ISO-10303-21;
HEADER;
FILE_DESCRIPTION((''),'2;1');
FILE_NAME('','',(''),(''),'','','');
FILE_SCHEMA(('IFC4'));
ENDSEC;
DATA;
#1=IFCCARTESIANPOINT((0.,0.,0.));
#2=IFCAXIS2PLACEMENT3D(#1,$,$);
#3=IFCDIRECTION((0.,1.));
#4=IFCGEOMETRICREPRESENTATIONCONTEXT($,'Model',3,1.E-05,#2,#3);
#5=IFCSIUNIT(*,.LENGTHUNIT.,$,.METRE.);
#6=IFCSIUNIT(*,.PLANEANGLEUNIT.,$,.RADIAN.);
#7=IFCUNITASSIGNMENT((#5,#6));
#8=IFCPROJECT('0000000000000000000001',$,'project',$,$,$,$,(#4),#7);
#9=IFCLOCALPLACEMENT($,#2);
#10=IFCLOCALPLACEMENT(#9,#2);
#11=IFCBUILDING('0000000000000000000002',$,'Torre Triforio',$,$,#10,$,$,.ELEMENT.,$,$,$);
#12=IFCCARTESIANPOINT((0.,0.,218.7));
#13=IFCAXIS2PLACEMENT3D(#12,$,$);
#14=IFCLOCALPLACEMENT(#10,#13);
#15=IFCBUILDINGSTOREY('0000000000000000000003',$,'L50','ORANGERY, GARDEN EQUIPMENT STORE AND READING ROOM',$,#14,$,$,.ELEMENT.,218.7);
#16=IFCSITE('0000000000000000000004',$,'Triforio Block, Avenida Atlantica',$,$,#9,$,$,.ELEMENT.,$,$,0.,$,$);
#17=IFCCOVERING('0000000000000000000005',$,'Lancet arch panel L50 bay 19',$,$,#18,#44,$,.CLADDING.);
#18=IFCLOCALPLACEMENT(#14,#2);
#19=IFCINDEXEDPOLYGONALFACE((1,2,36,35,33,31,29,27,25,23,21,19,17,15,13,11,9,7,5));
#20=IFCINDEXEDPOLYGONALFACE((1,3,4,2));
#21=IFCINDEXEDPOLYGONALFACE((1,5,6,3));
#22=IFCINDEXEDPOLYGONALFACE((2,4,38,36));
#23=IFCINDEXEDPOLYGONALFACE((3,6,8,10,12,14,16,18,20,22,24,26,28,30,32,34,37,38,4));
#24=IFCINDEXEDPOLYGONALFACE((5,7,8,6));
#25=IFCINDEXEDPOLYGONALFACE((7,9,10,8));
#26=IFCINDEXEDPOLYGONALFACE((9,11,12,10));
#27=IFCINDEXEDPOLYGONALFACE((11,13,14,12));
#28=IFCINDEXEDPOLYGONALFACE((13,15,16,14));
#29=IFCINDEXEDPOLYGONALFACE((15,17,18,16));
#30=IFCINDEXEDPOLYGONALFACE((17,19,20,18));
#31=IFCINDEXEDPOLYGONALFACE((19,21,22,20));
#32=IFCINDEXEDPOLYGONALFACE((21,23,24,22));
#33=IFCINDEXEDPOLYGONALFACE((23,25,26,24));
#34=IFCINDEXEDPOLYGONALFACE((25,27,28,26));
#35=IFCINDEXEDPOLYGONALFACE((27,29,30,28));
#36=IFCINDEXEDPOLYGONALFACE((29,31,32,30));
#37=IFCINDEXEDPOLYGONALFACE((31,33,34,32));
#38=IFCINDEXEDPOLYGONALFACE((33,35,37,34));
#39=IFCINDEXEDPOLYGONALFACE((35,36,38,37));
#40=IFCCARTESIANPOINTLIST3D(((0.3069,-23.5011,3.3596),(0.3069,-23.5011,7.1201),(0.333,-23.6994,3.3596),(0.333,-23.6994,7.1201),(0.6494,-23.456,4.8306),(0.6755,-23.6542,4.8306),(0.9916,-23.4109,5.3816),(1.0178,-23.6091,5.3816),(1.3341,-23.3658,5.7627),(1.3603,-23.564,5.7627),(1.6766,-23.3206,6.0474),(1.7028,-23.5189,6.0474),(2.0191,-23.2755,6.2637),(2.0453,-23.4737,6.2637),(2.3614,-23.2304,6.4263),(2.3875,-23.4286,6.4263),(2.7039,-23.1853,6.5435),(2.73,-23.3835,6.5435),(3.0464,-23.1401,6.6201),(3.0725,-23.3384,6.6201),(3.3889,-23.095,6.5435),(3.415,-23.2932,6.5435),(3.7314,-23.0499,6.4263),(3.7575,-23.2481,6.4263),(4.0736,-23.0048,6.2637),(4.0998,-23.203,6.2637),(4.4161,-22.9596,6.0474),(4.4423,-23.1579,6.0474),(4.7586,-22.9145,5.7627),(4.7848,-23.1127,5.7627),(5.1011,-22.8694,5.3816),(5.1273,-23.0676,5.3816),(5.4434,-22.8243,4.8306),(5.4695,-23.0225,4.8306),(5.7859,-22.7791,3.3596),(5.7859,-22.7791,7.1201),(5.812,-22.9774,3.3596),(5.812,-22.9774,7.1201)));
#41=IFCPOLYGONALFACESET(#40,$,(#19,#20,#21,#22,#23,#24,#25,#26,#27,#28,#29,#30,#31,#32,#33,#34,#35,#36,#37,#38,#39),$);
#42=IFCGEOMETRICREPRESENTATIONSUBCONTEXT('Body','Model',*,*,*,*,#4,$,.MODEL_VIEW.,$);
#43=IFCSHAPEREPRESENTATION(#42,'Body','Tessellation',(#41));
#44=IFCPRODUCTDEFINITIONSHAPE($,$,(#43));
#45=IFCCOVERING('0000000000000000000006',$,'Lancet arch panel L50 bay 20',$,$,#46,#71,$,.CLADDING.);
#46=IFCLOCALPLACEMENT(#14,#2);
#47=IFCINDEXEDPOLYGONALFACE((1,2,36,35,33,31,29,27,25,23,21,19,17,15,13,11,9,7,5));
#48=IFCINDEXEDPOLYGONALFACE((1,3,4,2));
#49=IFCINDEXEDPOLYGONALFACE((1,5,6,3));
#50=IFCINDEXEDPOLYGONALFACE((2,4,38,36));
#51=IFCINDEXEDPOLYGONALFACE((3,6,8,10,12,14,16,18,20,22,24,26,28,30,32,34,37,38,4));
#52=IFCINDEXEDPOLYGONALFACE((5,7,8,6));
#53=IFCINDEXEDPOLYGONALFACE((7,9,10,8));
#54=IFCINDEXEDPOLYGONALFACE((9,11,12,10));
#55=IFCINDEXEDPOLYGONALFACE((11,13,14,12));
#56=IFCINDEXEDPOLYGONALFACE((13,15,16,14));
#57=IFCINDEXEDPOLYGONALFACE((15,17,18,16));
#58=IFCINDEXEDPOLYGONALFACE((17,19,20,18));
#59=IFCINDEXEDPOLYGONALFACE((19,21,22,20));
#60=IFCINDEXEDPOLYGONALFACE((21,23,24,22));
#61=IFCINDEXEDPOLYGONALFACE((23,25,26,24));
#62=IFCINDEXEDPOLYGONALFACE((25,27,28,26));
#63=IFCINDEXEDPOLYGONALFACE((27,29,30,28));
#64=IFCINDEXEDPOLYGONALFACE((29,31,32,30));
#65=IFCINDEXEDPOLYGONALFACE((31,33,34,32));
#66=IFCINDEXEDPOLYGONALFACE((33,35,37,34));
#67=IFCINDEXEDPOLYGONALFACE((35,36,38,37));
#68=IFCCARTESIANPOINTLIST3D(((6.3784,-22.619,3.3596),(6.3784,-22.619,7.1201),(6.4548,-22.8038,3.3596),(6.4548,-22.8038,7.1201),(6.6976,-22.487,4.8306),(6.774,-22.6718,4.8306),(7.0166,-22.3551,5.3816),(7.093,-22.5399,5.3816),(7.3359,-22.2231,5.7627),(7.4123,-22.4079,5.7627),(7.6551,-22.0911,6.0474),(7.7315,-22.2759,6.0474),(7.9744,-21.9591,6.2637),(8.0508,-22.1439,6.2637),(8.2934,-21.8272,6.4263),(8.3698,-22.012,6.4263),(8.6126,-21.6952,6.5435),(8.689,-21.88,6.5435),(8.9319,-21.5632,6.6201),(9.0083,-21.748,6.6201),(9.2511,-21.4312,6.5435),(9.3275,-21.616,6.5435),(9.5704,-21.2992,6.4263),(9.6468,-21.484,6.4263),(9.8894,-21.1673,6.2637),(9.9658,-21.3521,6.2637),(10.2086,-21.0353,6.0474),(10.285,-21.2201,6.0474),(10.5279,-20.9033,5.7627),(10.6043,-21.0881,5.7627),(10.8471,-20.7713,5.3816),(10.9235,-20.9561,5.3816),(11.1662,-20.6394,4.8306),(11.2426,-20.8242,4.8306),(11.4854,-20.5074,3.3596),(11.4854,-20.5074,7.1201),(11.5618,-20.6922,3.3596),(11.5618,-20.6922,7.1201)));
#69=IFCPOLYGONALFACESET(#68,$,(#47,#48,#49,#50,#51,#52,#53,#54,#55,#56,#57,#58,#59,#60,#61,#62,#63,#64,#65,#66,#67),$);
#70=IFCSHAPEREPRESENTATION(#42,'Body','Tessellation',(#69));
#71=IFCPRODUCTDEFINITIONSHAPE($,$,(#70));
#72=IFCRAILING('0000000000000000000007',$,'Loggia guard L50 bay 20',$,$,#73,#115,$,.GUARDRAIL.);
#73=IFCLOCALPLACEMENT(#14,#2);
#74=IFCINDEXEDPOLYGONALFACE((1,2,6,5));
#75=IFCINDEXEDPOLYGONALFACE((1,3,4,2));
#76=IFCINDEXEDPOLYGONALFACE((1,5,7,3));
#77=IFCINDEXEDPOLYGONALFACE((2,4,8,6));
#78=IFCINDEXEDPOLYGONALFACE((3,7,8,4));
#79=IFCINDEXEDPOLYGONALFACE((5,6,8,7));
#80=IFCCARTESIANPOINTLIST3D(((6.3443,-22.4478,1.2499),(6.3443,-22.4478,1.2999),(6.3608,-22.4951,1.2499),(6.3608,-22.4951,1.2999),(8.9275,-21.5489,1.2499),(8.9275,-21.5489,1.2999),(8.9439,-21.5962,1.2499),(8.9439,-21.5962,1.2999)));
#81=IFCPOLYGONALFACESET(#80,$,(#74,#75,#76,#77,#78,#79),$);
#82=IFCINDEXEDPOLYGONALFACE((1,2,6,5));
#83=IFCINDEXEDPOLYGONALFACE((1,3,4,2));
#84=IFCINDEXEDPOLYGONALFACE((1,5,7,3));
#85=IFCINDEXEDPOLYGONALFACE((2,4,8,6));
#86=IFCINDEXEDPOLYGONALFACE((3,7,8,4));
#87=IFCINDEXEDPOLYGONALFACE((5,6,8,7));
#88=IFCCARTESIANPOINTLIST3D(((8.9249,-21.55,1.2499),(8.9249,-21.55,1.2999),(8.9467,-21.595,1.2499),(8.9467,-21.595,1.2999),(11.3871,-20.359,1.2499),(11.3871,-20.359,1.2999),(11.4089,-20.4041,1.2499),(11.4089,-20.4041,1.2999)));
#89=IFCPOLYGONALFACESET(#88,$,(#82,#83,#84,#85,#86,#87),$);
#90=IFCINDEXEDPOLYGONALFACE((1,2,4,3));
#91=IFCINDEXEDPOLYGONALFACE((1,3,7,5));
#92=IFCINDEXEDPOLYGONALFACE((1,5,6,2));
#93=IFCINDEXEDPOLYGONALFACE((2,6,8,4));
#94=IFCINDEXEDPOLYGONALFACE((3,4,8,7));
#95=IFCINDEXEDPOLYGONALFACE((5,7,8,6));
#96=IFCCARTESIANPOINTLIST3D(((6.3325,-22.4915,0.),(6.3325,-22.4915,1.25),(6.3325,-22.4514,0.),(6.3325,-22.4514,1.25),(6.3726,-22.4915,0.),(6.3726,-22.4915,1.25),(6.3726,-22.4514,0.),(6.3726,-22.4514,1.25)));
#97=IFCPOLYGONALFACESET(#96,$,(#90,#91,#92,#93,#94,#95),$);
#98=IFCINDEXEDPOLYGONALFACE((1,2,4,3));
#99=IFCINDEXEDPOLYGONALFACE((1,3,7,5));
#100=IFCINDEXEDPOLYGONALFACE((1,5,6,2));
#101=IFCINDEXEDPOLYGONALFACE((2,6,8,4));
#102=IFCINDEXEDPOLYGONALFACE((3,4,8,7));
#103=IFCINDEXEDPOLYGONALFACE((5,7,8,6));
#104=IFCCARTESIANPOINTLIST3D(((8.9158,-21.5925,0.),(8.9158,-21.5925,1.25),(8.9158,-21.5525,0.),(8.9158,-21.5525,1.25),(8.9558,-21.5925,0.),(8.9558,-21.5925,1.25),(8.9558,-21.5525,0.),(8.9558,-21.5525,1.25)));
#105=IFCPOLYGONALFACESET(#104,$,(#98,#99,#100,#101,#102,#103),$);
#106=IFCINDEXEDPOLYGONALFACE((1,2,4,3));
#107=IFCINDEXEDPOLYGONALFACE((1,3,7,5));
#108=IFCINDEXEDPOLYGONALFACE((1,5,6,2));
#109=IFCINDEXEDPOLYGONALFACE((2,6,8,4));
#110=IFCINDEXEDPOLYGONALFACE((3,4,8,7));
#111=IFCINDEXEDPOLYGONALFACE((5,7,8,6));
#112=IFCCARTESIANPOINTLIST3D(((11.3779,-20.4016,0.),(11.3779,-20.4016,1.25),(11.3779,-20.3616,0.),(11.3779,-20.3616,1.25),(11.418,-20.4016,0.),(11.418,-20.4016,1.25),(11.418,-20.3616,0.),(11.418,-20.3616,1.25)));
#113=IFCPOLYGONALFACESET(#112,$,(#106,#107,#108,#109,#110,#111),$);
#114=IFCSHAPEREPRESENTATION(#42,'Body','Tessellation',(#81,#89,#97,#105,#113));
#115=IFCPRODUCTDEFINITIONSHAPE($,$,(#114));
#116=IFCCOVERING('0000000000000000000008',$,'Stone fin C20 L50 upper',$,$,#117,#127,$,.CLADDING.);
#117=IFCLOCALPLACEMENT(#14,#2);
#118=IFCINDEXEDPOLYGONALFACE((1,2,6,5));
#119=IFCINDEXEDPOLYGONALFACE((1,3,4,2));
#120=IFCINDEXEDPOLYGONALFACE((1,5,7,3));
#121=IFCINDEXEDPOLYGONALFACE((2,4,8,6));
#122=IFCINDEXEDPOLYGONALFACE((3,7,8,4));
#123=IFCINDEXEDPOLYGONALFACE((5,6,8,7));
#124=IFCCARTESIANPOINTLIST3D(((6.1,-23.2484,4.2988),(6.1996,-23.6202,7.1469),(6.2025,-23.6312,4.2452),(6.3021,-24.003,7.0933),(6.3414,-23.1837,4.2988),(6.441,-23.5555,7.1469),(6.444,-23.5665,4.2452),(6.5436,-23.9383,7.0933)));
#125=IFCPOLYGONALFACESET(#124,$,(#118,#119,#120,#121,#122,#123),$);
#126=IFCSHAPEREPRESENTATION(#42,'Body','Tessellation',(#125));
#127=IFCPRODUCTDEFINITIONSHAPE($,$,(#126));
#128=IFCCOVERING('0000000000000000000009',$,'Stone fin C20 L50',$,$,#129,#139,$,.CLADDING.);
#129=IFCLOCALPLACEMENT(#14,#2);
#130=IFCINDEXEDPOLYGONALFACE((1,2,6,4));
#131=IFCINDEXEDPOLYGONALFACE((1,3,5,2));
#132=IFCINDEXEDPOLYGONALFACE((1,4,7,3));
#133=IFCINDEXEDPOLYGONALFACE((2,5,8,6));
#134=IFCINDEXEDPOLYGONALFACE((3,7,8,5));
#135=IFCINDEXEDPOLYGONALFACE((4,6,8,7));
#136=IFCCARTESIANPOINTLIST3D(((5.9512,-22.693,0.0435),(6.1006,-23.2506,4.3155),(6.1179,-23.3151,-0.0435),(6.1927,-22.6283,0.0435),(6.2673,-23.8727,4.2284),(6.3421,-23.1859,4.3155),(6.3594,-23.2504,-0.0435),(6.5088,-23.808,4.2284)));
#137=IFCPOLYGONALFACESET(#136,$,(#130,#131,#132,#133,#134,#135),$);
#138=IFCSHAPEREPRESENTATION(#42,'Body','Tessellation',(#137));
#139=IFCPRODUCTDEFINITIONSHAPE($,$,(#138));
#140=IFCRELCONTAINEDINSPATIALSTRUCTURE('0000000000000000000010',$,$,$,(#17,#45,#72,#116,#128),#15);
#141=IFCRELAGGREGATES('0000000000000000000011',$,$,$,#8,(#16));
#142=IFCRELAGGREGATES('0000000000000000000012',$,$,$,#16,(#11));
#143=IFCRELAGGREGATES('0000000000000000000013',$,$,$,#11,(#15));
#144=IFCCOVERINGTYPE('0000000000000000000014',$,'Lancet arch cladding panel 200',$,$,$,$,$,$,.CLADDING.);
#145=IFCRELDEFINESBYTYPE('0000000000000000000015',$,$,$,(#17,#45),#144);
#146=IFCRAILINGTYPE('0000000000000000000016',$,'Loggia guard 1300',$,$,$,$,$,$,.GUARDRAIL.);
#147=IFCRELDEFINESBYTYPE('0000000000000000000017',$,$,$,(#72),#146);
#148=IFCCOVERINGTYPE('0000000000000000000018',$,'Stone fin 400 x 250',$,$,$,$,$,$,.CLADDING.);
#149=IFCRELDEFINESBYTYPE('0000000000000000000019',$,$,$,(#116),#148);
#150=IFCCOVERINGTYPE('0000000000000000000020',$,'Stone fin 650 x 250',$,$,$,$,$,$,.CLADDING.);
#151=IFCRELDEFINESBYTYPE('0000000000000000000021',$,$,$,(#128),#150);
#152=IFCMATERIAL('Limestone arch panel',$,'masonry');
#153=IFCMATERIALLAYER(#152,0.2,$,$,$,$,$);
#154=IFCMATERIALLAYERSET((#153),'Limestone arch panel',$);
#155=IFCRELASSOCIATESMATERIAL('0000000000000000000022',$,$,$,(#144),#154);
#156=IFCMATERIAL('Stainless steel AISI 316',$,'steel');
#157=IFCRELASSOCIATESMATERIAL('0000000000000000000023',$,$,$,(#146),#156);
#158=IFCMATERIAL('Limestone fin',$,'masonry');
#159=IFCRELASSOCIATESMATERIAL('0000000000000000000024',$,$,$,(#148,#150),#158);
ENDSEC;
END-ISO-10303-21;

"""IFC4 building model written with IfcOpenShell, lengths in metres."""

from ifc_helpers import new_model, si_unit, direction, frame, origin, origin_2d, place, context, subcontext, project, spatial, polyline, rectangle, outline, extrude, material, layer, layer_set, material_profile, profile_set, type_object, element, save


model = new_model("IFC4")

# Units and contexts
model_context = context("Model", 3, precision=1e-05, world=origin(), true_north=direction((0.0, 1.0)))
body_context = subcontext(model_context, "Body", "Model", "MODEL_VIEW")
ifc_project = project(units=[si_unit("LENGTHUNIT", "METRE"), si_unit("PLANEANGLEUNIT", "RADIAN")], contexts=[model_context])

# Site, building, storey
site_placement = place(None, origin())
site = spatial("IfcSite", under=ifc_project, at=site_placement, Name="Triforio Block, Avenida Atlantica", CompositionType="ELEMENT", RefElevation=0.0)
building_placement = place(site_placement, origin())
building = spatial("IfcBuilding", under=site, at=building_placement, Name="Torre Triforio", CompositionType="ELEMENT")
storey_placement = place(building_placement, frame((0.0, 0.0, 218.7)))
storey = spatial("IfcBuildingStorey", under=building, at=storey_placement, Name="L50", Description="ORANGERY, GARDEN EQUIPMENT STORE AND READING ROOM", CompositionType="ELEMENT", Elevation=218.7)

# Coverings
ifc_material_1 = material(Name="Limestone arch panel", Category="masonry")
ifc_layer_1 = layer(ifc_material_1, 0.2)
ifc_layer_set_1 = layer_set([ifc_layer_1], Name="Limestone arch panel")
covering_type_1 = type_object("IfcCoveringType", Name="Lancet arch cladding panel 200", PredefinedType="CLADDING", material=ifc_layer_set_1)
for number, where, z_axis, x_axis, name in (
    (1, (3.0464, -23.1401, 0.0), (0.130644, -0.991429, 0.0), (0.991429, 0.130644, 0.0), "Lancet arch panel L50 bay 19"),
    (2, (8.9319, -21.5632, 0.0), (0.3821, -0.924121, 0.0), (0.924121, 0.3821, 0.0), "Lancet arch panel L50 bay 20"),
):
    element("IfcCovering", number, at=place(storey_placement, frame(where, z_axis=z_axis, x_axis=x_axis)), inside=storey, type_object=covering_type_1, Name=name, PredefinedType="CLADDING", context=body_context, shape_type="SweptSolid", body=[
        extrude(outline(polyline([(-2.7632, 7.1201), (-2.7632, 3.3596), (-2.4177, 4.8306), (-2.0725, 5.3816), (-1.7271, 5.7627), (-1.3816, 6.0474), (-1.0361, 6.2637), (-0.6909, 6.4263), (-0.3455, 6.5435), (0.0, 6.6201), (0.3455, 6.5435), (0.6909, 6.4263), (1.0361, 6.2637), (1.3816, 6.0474), (1.7271, 5.7627), (2.0725, 5.3816), (2.4177, 4.8306), (2.7632, 3.3596), (2.7632, 7.1201), (-2.7632, 7.1201)])), origin(), (0.0, 0.0, 1.0), 0.2),
    ])

# Railing
ifc_material_2 = material(Name="Stainless steel AISI 316", Category="steel")
railing_type = type_object("IfcRailingType", Name="Loggia guard 1300", PredefinedType="GUARDRAIL", material=ifc_material_2)
railing_placement = place(storey_placement, frame((6.3525, -22.4714, 0.0)))
element("IfcRailing", 3, at=railing_placement, inside=storey, type_object=railing_type, Name="Loggia guard L50 bay 20", PredefinedType="GUARDRAIL", context=body_context, shape_type="SweptSolid", body=[
    extrude(rectangle(XDim=0.05, YDim=0.05, at=origin_2d()), frame((0.0, 0.0, 1.2749), z_axis=(0.944451, 0.328652, 0.0), x_axis=(-0.328652, 0.944451, 0.0)), (0.0, 0.0, 1.0), 2.7351),
    extrude(rectangle(XDim=0.05, YDim=0.05, at=origin_2d()), frame((2.5833, 0.8989, 1.2749), z_axis=(0.900224, 0.435428, 0.0), x_axis=(-0.435428, 0.900224, 0.0)), (0.0, 0.0, 1.0), 2.7351),
    extrude(rectangle(XDim=0.04, YDim=0.04, at=origin_2d()), origin(), (0.0, 0.0, 1.0), 1.25),
    extrude(rectangle(XDim=0.04, YDim=0.04, at=origin_2d()), frame((2.5833, 0.8989, 0.0)), (0.0, 0.0, 1.0), 1.25),
    extrude(rectangle(XDim=0.04, YDim=0.04, at=origin_2d()), frame((5.0454, 2.0898, 0.0)), (0.0, 0.0, 1.0), 1.25),
])

# Coverings
ifc_material_3 = material(Name="Limestone fin", Category="masonry")
ifc_material_profile_1 = material_profile(ifc_material_3, rectangle(XDim=0.3999, YDim=0.25, at=origin_2d()), Name="FIN 400x250")
ifc_profile_set_1 = profile_set([ifc_material_profile_1], Name="Limestone fin")
covering_type_2 = type_object("IfcCoveringType", Name="Stone fin 400 x 250", PredefinedType="CLADDING", material=ifc_profile_set_1)
covering_1_placement = place(storey_placement, frame((6.272, -23.4075, 4.272), z_axis=(0.034658, -0.129374, 0.99099), x_axis=(-0.256436, 0.957236, 0.133936)))
element("IfcCovering", 4, at=covering_1_placement, inside=storey, type_object=covering_type_2, Name="Stone fin C20 L50 upper", PredefinedType="CLADDING", context=body_context, shape_type="SweptSolid", body=[
    extrude(rectangle(XDim=0.3999, YDim=0.25, at=origin_2d()), origin(), (0.0, 0.0, 1.0), 2.874),
])
ifc_material_profile_2 = material_profile(ifc_material_3, rectangle(XDim=0.6499, YDim=0.25, at=origin_2d()), Name="FIN 650x250")
ifc_profile_set_2 = profile_set([ifc_material_profile_2], Name="Limestone fin")
covering_type_3 = type_object("IfcCoveringType", Name="Stone fin 650 x 250", PredefinedType="CLADDING", material=ifc_profile_set_2)
covering_2_placement = place(storey_placement, frame((6.1553, -22.9717, 0.0), z_axis=(0.03466, -0.129353, 0.990993), x_axis=(-0.256489, 0.957225, 0.133917)))
element("IfcCovering", 5, at=covering_2_placement, inside=storey, type_object=covering_type_3, Name="Stone fin C20 L50", PredefinedType="CLADDING", context=body_context, shape_type="SweptSolid", body=[
    extrude(rectangle(XDim=0.6499, YDim=0.25, at=origin_2d()), origin(), (0.0, 0.0, 1.0), 4.3108),
])

save(model, "model.ifc")
